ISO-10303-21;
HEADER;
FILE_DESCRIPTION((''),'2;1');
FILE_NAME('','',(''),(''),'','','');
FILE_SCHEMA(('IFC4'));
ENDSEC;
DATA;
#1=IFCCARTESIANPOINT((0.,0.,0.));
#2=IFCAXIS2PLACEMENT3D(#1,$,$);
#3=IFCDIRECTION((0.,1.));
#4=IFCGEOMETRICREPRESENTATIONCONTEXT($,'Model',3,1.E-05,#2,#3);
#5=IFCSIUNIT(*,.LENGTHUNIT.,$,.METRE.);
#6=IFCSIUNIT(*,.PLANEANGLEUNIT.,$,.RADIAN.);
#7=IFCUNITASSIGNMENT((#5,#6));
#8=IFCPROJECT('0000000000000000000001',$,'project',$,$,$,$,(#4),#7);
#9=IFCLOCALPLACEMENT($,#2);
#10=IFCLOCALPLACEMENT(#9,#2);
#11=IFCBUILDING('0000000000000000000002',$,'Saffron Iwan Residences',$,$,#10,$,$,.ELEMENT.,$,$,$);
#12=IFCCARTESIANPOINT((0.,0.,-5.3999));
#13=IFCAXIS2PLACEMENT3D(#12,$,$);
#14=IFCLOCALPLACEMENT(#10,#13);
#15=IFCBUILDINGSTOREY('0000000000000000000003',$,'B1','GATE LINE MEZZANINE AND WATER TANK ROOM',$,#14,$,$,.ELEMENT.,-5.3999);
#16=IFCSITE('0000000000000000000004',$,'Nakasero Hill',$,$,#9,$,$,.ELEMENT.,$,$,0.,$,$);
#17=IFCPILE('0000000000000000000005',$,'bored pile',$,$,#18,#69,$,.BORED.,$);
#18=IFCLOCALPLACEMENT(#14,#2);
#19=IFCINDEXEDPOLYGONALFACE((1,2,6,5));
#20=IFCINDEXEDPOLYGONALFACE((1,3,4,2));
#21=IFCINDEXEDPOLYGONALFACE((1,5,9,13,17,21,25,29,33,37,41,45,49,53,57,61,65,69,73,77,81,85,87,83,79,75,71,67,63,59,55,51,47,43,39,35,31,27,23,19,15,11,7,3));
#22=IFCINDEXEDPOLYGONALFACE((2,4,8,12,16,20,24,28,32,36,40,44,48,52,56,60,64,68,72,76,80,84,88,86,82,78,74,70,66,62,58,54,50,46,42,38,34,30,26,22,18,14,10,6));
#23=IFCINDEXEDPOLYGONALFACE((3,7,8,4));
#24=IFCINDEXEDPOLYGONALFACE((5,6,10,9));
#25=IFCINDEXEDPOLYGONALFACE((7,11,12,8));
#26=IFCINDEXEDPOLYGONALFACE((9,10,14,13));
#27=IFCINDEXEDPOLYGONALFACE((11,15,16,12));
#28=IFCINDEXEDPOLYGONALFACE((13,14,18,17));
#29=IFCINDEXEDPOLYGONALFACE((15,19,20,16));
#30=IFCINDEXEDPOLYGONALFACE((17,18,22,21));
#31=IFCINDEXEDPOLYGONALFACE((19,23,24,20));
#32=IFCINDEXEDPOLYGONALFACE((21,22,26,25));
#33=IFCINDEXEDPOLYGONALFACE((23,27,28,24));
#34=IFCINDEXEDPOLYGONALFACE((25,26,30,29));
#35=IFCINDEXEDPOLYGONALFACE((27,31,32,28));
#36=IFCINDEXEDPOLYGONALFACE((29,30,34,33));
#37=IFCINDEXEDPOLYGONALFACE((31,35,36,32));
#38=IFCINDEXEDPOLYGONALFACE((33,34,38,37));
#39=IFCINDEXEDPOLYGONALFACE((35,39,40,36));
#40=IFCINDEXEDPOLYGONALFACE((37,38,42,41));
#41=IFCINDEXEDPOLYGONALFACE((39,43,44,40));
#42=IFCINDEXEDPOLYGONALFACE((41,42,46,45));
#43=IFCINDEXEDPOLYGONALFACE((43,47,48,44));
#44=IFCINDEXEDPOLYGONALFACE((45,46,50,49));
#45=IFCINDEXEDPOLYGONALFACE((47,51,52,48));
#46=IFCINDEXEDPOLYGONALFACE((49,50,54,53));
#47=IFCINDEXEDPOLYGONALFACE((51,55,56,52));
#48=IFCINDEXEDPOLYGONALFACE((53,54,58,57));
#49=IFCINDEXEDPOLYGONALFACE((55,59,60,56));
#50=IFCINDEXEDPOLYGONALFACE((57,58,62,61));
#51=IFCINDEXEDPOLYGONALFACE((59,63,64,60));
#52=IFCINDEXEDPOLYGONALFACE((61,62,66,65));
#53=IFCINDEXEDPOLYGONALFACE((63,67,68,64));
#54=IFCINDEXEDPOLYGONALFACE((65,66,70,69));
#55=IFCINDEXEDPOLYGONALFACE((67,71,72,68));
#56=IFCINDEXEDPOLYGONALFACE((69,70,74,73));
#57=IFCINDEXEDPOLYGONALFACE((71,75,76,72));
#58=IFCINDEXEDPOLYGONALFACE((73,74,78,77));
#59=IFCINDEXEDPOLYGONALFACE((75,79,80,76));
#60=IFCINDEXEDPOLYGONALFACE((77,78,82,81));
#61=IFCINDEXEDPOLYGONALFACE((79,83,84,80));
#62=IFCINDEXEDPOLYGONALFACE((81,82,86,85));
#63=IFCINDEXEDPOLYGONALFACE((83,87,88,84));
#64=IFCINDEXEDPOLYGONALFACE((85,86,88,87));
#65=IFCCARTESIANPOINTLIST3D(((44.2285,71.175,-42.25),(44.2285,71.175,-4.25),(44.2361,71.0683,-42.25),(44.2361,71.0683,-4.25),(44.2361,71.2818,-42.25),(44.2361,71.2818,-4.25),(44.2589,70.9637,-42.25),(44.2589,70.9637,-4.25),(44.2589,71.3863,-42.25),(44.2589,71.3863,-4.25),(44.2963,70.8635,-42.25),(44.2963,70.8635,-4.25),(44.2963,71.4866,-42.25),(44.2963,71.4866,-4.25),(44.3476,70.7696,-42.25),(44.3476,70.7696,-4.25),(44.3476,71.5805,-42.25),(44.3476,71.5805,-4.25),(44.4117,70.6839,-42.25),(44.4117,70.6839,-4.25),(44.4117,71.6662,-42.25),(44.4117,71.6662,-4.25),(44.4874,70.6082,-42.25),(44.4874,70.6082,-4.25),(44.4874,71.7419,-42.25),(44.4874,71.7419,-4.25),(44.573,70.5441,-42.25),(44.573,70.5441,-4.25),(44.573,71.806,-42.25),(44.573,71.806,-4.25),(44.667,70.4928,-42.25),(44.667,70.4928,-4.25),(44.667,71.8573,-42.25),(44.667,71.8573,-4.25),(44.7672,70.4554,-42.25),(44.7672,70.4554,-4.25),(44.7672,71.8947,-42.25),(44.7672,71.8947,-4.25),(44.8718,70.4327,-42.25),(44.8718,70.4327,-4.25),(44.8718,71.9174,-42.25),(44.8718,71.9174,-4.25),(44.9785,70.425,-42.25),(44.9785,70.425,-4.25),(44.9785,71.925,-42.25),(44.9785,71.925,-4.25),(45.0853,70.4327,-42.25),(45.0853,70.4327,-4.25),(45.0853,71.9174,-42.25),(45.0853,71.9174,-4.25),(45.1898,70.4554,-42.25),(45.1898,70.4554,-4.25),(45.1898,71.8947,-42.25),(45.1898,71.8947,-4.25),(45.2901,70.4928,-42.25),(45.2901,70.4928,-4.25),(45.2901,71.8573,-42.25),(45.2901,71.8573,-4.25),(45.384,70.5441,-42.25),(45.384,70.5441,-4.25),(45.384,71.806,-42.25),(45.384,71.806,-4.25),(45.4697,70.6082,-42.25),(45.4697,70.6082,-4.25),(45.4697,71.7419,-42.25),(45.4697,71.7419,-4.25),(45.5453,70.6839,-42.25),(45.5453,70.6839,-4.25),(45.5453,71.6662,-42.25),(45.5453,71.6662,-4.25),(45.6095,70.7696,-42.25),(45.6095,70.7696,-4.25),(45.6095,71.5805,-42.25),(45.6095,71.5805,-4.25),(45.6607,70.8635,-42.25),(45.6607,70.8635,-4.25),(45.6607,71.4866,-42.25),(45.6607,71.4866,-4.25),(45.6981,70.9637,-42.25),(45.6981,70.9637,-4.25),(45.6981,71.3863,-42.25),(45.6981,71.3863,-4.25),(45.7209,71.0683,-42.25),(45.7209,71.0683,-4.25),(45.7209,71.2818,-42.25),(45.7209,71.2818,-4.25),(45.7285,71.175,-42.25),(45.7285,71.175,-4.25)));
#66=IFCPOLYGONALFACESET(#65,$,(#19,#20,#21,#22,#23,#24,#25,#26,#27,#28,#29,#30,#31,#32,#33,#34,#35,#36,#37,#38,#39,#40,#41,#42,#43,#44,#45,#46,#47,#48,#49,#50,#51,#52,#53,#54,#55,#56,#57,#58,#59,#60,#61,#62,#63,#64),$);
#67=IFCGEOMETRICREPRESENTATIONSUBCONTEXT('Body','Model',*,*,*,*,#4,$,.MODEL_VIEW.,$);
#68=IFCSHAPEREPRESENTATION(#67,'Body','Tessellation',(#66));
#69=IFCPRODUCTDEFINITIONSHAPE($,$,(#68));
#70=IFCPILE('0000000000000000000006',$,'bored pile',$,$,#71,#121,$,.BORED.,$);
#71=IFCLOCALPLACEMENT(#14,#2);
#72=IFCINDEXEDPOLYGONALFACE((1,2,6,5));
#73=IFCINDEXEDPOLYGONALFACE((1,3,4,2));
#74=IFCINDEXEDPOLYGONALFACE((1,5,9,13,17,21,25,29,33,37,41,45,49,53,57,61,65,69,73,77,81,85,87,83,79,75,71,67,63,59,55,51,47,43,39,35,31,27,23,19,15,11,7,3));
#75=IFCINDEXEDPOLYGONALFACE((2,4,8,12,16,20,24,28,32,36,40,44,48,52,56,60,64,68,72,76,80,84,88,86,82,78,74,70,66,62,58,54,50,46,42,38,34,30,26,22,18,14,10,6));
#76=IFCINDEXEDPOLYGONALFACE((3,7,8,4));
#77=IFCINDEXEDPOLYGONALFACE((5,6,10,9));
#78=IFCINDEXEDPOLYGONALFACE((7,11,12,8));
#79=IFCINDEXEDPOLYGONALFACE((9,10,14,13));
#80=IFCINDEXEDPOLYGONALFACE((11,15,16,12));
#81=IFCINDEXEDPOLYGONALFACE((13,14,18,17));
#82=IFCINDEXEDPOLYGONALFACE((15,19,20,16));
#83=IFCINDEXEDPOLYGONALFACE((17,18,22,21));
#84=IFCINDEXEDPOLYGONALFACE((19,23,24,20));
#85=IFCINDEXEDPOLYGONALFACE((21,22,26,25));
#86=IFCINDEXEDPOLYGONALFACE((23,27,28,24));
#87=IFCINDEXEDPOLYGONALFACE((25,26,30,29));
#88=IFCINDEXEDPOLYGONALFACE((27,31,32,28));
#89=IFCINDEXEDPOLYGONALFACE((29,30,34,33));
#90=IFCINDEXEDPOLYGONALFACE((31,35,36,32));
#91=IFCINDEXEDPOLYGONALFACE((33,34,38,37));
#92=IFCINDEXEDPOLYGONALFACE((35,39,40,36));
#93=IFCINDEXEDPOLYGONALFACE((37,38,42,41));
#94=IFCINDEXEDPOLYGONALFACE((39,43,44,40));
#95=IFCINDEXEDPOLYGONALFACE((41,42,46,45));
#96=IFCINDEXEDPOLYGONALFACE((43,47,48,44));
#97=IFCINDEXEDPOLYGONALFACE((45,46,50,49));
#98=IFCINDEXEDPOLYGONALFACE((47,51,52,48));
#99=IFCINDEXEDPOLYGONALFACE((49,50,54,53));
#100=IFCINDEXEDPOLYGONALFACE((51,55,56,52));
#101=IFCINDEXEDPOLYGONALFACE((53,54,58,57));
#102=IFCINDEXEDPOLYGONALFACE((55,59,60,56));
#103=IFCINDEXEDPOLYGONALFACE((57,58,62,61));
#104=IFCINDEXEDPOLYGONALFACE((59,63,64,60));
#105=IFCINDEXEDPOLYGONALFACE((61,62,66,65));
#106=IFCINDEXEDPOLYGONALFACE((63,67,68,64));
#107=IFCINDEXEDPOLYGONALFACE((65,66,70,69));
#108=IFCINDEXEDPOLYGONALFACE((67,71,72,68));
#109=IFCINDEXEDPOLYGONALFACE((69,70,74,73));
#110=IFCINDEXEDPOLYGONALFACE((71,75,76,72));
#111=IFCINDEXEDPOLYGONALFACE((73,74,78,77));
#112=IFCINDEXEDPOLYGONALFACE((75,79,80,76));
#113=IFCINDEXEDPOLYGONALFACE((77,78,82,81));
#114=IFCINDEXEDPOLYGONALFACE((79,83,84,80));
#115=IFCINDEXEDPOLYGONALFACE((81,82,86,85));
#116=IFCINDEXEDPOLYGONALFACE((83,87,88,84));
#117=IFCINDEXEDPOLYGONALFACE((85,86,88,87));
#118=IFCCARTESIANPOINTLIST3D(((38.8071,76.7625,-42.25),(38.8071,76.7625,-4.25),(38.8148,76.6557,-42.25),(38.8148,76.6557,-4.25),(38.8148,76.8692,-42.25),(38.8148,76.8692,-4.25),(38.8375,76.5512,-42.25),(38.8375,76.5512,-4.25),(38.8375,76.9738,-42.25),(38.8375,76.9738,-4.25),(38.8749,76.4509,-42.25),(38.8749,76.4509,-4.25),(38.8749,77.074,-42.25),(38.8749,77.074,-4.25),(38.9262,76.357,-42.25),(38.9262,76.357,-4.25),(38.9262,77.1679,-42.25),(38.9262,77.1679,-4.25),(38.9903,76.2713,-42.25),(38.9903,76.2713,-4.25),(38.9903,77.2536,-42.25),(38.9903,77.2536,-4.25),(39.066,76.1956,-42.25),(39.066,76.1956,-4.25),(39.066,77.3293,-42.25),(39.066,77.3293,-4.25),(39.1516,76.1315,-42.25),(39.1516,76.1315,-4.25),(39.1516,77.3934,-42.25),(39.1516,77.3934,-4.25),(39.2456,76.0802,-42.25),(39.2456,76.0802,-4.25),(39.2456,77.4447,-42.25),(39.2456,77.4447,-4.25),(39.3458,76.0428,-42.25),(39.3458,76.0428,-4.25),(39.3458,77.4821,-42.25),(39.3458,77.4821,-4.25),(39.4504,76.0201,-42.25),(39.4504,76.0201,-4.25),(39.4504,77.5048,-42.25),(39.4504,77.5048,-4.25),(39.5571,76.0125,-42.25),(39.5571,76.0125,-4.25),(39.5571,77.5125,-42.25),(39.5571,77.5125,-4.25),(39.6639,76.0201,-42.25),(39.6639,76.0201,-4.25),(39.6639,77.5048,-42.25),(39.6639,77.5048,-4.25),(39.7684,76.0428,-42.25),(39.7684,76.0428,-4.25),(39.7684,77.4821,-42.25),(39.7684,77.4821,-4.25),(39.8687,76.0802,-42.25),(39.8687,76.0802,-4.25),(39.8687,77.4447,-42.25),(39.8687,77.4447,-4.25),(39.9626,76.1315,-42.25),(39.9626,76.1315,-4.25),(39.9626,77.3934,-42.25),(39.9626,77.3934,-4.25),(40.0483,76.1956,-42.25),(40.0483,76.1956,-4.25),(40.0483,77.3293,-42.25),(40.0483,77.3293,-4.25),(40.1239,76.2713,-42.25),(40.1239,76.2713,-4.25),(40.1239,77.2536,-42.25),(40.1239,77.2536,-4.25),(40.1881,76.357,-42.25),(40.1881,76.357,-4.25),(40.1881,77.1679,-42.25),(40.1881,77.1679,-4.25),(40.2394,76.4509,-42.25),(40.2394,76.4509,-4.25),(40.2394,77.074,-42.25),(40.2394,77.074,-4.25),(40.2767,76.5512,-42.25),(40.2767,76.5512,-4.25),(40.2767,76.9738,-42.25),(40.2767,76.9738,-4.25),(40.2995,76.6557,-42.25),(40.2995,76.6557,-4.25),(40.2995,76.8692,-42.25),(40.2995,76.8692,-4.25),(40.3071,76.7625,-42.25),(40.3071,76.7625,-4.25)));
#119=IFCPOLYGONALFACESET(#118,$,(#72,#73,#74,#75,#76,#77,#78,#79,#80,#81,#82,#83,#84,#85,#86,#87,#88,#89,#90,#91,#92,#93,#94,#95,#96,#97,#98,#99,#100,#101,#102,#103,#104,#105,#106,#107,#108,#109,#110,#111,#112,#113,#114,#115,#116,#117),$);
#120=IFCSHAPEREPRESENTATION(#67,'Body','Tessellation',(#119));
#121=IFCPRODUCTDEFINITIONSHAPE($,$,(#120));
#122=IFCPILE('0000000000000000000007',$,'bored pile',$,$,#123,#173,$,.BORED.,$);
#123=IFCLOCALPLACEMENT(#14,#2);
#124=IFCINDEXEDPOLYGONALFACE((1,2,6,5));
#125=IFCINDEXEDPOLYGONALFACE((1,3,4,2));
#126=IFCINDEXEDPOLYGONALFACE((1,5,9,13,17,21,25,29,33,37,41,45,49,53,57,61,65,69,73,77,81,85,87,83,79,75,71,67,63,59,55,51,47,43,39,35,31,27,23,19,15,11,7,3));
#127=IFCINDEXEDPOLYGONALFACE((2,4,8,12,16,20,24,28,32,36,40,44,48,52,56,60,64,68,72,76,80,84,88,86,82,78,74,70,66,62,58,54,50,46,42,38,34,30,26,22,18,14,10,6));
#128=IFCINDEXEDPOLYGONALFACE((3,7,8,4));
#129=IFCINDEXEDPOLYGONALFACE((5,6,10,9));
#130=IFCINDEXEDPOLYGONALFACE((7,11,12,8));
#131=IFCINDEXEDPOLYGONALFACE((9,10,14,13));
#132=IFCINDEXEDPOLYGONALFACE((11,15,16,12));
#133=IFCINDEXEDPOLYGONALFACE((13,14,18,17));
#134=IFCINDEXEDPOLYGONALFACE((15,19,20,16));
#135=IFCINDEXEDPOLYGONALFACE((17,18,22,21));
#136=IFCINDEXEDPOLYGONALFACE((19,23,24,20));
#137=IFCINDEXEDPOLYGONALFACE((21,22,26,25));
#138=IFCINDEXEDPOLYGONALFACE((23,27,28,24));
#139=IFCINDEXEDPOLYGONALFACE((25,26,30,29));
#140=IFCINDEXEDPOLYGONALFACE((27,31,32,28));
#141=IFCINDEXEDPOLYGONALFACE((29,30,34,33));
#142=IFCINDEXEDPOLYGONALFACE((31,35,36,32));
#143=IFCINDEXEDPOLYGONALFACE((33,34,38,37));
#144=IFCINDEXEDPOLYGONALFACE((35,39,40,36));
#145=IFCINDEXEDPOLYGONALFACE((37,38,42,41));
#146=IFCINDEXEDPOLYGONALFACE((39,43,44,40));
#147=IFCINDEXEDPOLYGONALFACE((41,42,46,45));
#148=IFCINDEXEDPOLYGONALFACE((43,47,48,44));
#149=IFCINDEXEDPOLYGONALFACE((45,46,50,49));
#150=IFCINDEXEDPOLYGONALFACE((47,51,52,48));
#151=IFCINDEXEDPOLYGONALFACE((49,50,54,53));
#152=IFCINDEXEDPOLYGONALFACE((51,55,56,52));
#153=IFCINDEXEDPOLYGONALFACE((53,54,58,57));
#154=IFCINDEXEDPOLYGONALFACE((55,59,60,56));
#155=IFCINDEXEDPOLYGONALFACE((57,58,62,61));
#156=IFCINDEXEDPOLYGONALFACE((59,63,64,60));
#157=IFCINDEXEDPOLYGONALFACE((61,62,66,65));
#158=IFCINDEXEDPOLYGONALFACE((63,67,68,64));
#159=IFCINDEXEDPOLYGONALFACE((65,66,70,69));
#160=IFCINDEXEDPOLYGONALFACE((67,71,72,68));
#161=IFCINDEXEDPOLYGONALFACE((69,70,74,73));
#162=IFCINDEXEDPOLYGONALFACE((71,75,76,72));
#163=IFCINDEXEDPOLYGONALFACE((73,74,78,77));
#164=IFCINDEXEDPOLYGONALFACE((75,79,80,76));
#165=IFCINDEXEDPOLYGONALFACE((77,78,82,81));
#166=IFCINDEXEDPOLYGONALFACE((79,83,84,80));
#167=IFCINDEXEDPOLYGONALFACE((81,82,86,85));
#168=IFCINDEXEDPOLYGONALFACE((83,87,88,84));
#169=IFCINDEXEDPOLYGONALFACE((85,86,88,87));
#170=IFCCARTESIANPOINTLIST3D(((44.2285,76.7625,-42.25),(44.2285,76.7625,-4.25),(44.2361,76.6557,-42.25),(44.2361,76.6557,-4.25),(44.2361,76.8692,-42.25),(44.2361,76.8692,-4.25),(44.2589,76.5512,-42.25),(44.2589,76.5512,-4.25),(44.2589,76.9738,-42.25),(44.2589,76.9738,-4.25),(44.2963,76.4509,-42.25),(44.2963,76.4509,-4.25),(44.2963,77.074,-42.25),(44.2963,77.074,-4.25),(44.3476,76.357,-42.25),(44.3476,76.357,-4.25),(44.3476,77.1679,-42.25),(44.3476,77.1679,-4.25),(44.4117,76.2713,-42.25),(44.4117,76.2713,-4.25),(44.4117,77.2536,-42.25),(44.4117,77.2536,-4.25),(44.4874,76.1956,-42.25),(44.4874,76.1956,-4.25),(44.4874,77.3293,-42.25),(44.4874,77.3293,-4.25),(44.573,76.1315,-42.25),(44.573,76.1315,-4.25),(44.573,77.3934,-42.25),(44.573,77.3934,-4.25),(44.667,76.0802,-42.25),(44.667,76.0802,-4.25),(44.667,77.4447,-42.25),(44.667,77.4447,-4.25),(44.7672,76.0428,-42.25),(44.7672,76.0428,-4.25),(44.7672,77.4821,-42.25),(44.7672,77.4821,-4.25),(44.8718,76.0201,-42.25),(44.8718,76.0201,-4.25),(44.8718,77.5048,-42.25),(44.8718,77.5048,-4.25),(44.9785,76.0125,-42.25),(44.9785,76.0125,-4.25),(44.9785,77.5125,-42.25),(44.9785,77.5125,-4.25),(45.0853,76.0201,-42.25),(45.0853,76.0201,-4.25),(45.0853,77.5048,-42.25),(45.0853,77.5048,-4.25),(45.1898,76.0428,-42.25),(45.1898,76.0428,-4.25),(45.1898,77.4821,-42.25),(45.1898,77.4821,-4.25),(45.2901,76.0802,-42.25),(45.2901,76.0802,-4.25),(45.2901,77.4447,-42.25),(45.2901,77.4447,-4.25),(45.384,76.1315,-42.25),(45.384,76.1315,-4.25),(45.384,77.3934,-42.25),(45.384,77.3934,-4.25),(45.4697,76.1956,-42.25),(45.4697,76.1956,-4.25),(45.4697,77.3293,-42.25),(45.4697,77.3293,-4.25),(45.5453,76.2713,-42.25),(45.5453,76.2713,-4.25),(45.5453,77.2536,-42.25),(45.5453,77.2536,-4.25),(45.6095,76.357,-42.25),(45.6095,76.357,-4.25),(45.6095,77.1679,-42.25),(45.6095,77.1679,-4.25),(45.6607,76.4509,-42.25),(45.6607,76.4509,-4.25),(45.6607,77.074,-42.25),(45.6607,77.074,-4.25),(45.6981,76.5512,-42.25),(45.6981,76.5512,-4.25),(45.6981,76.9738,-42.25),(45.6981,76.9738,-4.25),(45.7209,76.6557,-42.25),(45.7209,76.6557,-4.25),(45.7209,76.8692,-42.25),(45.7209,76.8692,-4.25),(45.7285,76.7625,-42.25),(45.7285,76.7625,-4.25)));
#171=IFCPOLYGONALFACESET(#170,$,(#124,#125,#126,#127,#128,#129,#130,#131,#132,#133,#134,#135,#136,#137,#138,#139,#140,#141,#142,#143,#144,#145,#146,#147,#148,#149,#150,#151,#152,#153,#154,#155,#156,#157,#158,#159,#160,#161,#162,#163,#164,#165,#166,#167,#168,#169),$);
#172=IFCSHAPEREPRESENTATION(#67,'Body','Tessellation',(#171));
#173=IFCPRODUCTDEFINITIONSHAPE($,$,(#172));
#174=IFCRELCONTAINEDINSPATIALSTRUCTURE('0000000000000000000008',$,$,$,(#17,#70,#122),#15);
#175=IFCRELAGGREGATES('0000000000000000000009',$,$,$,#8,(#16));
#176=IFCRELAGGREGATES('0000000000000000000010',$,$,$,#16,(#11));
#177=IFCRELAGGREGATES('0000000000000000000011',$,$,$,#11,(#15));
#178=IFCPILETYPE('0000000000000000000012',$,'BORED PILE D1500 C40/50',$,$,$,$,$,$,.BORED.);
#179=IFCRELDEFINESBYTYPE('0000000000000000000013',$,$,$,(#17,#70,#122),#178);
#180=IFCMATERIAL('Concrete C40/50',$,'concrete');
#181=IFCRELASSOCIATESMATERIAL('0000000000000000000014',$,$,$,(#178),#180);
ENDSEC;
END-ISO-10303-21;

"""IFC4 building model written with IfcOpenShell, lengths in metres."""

from ifc_helpers import new_model, si_unit, direction, frame, origin, origin_2d, place, context, subcontext, project, spatial, circle, extrude, material, material_profile, profile_set, type_object, element, save


model = new_model("IFC4")

# Units and contexts
model_context = context("Model", 3, precision=1e-05, world=origin(), true_north=direction((0.0, 1.0)))
body_context = subcontext(model_context, "Body", "Model", "MODEL_VIEW")
ifc_project = project(units=[si_unit("LENGTHUNIT", "METRE"), si_unit("PLANEANGLEUNIT", "RADIAN")], contexts=[model_context])

# Site, building, storey
site_placement = place(None, origin())
site = spatial("IfcSite", under=ifc_project, at=site_placement, Name="Nakasero Hill", CompositionType="ELEMENT", RefElevation=0.0)
building_placement = place(site_placement, origin())
building = spatial("IfcBuilding", under=site, at=building_placement, Name="Saffron Iwan Residences", CompositionType="ELEMENT")
storey_placement = place(building_placement, frame((0.0, 0.0, -5.3999)))
storey = spatial("IfcBuildingStorey", under=building, at=storey_placement, Name="B1", Description="GATE LINE MEZZANINE AND WATER TANK ROOM", CompositionType="ELEMENT", Elevation=-5.3999)

# Piles
ifc_material_1 = material(Name="Concrete C40/50", Category="concrete")
ifc_material_profile_1 = material_profile(ifc_material_1, circle(Radius=0.75, at=origin_2d()), Name="RC D1500")
ifc_profile_set_1 = profile_set([ifc_material_profile_1], Name="Concrete C40/50")
pile_type = type_object("IfcPileType", Name="BORED PILE D1500 C40/50", PredefinedType="BORED", material=ifc_profile_set_1)
for number, where, z_axis, x_axis, name in (
    (1, (44.9785, 71.175, -4.25), (0.0, 0.0, -1.0), (1.0, 0.0, 0.0), "bored pile"),
    (2, (39.5571, 76.7625, -4.25), (0.0, 0.0, -1.0), (1.0, 0.0, 0.0), "bored pile"),
    (3, (44.9785, 76.7625, -4.25), (0.0, 0.0, -1.0), (1.0, 0.0, 0.0), "bored pile"),
):
    element("IfcPile", number, at=place(storey_placement, frame(where, z_axis=z_axis, x_axis=x_axis)), inside=storey, type_object=pile_type, Name=name, PredefinedType="BORED", context=body_context, shape_type="SweptSolid", body=[
        extrude(circle(Radius=0.75, at=origin_2d()), origin(), (0.0, 0.0, 1.0), 38.0),
    ])

save(model, "model.ifc")
